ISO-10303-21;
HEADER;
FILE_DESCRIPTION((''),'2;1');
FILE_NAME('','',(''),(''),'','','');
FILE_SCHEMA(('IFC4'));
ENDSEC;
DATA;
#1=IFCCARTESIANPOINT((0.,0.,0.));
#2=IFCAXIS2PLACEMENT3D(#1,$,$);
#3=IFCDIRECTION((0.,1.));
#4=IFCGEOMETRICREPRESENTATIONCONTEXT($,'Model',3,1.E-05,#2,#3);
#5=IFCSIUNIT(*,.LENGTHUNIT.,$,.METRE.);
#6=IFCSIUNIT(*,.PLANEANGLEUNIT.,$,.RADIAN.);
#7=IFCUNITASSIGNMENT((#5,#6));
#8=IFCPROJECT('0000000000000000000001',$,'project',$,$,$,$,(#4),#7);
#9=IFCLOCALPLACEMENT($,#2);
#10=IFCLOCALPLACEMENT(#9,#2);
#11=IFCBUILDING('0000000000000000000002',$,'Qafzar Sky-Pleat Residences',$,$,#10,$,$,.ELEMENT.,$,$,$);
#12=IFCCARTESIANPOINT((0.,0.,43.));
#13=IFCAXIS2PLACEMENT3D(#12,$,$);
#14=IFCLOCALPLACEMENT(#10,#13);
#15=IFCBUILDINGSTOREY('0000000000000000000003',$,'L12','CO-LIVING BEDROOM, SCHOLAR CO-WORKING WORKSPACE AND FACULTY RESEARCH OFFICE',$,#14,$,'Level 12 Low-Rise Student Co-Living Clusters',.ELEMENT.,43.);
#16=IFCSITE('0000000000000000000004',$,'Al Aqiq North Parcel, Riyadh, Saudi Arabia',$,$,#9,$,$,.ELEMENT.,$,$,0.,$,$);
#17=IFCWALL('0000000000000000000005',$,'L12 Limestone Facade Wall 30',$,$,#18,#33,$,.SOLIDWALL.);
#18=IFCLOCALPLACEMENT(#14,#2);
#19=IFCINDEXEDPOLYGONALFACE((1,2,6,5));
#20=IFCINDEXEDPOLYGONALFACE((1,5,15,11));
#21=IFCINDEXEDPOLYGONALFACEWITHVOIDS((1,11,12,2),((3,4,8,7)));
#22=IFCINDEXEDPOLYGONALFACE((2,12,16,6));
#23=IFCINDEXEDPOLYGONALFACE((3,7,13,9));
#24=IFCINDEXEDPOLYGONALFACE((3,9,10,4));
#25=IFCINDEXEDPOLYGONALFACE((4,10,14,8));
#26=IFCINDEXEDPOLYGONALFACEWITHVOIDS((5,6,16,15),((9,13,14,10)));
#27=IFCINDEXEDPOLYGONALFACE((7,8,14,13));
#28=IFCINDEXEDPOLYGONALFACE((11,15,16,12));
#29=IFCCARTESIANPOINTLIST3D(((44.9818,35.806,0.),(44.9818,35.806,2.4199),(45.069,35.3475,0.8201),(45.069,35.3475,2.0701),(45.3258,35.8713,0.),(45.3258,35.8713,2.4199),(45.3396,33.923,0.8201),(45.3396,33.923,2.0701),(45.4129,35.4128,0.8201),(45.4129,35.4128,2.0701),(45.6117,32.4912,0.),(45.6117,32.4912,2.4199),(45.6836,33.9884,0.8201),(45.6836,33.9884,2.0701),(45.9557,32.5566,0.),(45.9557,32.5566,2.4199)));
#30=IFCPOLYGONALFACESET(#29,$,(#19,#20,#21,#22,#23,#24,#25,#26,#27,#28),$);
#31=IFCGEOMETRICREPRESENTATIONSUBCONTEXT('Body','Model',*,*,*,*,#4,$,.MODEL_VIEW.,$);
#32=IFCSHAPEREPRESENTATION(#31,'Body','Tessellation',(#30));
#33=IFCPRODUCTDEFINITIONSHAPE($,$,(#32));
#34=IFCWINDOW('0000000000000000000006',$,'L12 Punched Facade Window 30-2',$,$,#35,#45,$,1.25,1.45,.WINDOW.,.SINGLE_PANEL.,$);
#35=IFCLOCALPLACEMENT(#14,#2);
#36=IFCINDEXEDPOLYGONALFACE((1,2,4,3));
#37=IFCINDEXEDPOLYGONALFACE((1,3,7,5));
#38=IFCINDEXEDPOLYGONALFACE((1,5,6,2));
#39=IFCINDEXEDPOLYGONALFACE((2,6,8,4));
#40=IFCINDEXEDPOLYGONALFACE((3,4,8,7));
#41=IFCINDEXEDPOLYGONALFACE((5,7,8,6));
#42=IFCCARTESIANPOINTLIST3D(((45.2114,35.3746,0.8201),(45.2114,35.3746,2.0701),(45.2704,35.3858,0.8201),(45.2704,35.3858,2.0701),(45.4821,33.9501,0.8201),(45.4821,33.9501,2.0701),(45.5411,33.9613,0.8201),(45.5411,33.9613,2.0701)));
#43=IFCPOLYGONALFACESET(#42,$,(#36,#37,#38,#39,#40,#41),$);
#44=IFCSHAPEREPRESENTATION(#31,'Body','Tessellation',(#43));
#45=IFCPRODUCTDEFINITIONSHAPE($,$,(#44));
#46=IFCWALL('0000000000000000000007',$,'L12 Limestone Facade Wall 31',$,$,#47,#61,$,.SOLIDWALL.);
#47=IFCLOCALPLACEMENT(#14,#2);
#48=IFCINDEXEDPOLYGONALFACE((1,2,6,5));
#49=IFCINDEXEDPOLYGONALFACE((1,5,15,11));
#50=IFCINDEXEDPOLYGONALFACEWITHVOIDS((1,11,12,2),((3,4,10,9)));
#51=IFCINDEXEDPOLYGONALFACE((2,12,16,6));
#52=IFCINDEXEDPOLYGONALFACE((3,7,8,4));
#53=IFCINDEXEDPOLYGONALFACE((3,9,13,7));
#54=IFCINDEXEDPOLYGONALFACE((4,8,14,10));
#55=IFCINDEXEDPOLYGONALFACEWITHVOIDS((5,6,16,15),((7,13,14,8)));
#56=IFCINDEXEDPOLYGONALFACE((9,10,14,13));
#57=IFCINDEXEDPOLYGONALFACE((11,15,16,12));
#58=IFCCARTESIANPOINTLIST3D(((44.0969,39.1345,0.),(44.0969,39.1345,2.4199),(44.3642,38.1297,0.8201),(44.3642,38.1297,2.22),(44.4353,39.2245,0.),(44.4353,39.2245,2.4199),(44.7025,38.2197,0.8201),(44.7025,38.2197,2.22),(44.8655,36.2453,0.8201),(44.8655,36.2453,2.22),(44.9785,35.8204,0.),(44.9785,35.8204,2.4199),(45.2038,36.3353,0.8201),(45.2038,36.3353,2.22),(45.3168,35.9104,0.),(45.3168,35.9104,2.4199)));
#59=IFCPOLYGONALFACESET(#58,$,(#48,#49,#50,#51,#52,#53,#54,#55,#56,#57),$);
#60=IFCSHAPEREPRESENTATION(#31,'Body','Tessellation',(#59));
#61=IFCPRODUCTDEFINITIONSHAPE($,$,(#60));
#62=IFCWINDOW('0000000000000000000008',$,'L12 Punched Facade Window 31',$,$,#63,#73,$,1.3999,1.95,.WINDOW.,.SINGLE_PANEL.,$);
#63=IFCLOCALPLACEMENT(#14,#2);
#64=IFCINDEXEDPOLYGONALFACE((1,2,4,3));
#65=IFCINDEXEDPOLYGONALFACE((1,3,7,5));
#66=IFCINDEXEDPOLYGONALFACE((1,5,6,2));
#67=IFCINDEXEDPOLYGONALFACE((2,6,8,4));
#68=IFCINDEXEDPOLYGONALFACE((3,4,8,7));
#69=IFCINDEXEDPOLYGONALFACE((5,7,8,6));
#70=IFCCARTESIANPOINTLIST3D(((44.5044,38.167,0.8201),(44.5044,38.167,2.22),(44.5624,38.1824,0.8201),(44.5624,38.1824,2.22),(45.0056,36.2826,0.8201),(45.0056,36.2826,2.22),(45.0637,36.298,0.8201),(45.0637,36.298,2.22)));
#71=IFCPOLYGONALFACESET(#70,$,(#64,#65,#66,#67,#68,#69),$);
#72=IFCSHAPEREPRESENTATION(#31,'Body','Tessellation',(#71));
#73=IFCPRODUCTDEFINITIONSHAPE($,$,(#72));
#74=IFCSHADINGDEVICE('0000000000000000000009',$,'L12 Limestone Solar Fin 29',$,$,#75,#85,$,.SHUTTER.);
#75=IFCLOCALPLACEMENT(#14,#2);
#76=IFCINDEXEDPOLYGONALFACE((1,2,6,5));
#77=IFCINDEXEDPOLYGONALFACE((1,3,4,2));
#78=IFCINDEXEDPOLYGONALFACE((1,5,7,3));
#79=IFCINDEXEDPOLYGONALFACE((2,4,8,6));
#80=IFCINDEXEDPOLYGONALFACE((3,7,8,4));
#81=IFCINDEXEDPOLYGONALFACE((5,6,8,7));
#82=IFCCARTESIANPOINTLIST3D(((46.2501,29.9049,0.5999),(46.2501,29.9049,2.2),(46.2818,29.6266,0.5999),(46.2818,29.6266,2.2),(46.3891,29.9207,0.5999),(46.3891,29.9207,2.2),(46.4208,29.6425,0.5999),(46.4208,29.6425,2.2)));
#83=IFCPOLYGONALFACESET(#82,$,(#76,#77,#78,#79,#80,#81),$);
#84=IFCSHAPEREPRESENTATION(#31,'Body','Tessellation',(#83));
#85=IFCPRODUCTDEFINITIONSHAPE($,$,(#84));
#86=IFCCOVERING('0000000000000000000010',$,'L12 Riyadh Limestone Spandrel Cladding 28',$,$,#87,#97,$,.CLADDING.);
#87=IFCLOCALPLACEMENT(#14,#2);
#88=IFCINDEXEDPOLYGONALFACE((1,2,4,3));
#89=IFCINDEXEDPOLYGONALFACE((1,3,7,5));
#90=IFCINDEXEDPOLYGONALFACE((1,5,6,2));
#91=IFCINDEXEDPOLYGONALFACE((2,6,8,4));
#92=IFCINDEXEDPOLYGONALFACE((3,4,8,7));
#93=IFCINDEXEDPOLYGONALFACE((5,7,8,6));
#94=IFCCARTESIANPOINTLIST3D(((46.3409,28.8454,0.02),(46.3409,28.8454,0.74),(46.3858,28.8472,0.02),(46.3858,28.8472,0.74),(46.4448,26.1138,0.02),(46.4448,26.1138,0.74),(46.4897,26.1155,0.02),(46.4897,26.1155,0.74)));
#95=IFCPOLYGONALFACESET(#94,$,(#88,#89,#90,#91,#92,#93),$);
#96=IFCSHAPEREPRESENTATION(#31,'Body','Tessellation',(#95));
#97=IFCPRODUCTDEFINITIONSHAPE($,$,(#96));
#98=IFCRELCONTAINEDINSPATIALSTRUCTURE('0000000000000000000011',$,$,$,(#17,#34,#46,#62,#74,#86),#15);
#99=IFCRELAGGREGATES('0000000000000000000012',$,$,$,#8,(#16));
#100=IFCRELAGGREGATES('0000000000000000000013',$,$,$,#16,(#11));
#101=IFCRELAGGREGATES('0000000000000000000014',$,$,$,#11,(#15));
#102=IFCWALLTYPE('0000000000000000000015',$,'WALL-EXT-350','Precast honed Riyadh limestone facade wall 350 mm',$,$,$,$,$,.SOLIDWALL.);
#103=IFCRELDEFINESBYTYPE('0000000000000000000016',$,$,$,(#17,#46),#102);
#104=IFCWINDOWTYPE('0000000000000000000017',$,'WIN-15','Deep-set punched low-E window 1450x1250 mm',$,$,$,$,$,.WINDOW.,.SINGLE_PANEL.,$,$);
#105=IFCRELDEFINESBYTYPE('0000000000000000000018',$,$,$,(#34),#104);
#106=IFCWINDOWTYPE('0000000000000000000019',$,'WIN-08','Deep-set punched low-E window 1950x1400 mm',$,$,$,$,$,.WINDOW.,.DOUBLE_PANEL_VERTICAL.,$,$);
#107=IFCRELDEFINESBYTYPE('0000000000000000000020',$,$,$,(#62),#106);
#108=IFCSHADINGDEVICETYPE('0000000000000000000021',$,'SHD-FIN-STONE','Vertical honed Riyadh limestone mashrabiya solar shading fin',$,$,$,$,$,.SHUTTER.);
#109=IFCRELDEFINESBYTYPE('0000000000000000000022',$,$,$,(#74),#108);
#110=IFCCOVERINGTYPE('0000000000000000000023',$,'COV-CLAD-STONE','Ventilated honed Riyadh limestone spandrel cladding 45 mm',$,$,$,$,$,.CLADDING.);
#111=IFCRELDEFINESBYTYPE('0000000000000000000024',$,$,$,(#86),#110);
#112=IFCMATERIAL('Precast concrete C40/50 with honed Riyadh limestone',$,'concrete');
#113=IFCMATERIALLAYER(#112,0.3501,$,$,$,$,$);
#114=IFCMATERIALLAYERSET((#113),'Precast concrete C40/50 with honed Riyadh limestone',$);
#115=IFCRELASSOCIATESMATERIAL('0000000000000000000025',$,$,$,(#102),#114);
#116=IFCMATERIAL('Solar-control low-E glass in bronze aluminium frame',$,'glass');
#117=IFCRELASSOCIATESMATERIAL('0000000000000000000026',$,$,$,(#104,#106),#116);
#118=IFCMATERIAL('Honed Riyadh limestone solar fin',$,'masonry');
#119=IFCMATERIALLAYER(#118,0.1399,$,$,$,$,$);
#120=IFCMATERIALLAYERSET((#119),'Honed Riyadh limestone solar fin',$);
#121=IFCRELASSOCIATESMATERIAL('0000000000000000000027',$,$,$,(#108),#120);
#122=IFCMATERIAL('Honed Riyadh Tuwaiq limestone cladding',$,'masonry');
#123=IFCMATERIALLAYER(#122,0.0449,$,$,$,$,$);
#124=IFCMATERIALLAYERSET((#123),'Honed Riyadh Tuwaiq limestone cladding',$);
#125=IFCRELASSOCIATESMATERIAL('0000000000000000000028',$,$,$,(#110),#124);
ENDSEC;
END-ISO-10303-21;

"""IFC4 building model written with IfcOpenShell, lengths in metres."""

from ifc_helpers import new_model, si_unit, direction, frame, frame_2d, origin, origin_2d, place, context, subcontext, project, spatial, rectangle, extrude, source, transform, mapped, material, layer, layer_set, type_object, element, fill, save


model = new_model("IFC4")

# Units and contexts
model_context = context("Model", 3, precision=1e-05, world=origin(), true_north=direction((0.0, 1.0)))
body_context = subcontext(model_context, "Body", "Model", "MODEL_VIEW")
ifc_project = project(units=[si_unit("LENGTHUNIT", "METRE"), si_unit("PLANEANGLEUNIT", "RADIAN")], contexts=[model_context])

# Site, building, storey
site_placement = place(None, origin())
site = spatial("IfcSite", under=ifc_project, at=site_placement, Name="Al Aqiq North Parcel, Riyadh, Saudi Arabia", CompositionType="ELEMENT", RefElevation=0.0)
building_placement = place(site_placement, origin())
building = spatial("IfcBuilding", under=site, at=building_placement, Name="Qafzar Sky-Pleat Residences", CompositionType="ELEMENT")
storey_placement = place(building_placement, frame((0.0, 0.0, 43.0)))
storey = spatial("IfcBuildingStorey", under=building, at=storey_placement, Name="L12", Description="CO-LIVING BEDROOM, SCHOLAR CO-WORKING WORKSPACE AND FACULTY RESEARCH OFFICE", LongName="Level 12 Low-Rise Student Co-Living Clusters", CompositionType="ELEMENT", Elevation=43.0)

# Shared definitions
ifc_material_1 = material(Name="Precast concrete C40/50 with honed Riyadh limestone", Category="concrete")
ifc_layer_1 = layer(ifc_material_1, 0.3501)
ifc_layer_set_1 = layer_set([ifc_layer_1], Name="Precast concrete C40/50 with honed Riyadh limestone")
wall_type_1 = type_object("IfcWallType", Name="WALL-EXT-350", Description="Precast honed Riyadh limestone facade wall 350 mm", PredefinedType="SOLIDWALL", material=ifc_layer_set_1)
ifc_material_2 = material(Name="Solar-control low-E glass in bronze aluminium frame", Category="glass")
window_type_1 = type_object("IfcWindowType", Name="WIN-15", Description="Deep-set punched low-E window 1450x1250 mm", PartitioningType="SINGLE_PANEL", PredefinedType="WINDOW", material=ifc_material_2)
shared_shape_1 = source(origin(), body_context, "Body", "SweptSolid", [
    extrude(rectangle(XDim=1.45, YDim=1.25, at=frame_2d((0.7251, 0.625))), frame((0.0, 0.03, 0.0), z_axis=(0.0, -1.0, 0.0), x_axis=(1.0, 0.0, 0.0)), (0.0, 0.0, 1.0), 0.0601),
])

# Walls, openings, windows
wall_1_placement = place(storey_placement, frame((45.7837, 32.5239, 0.0), z_axis=(0.0, 0.0, 1.0), x_axis=(-0.186686, 0.98242, 0.0)))
wall_1 = element("IfcWall", 1, at=wall_1_placement, inside=storey, type_object=wall_type_1, Name="L12 Limestone Facade Wall 30", PredefinedType="SOLIDWALL", context=body_context, shape_type="SweptSolid", body=[
    extrude(rectangle(XDim=3.374, YDim=0.3501, at=frame_2d((1.687, 0.0))), origin(), (0.0, 0.0, 1.0), 2.4199),
])
opening_1_placement = place(wall_1_placement, frame((1.4573, 0.0, 0.8201)))
opening_1 = element("IfcOpeningElement", 2, at=opening_1_placement, cuts=wall_1, PredefinedType="OPENING", context=body_context, shape_type="SweptSolid", body=[
    extrude(rectangle(XDim=1.45, YDim=1.25, at=frame_2d((0.7251, 0.625))), frame((0.0, 0.1851, 0.0), z_axis=(0.0, -1.0, 0.0), x_axis=(1.0, 0.0, 0.0)), (0.0, 0.0, 1.0), 0.3701),
])
window_1_placement = place(opening_1_placement, origin())
window_1 = element("IfcWindow", 3, at=window_1_placement, inside=storey, type_object=window_type_1, Name="L12 Punched Facade Window 30-2", OverallHeight=1.25, OverallWidth=1.45, PartitioningType="SINGLE_PANEL", PredefinedType="WINDOW", context=body_context, shape_type="MappedRepresentation", body=[
    mapped(shared_shape_1, transform((0.0, 0.0, 0.0), x_axis=(1.0, 0.0, 0.0), y_axis=(0.0, 1.0, 0.0), z_axis=(0.0, 0.0, 1.0), scale=1.0)),
])
fill(opening_1, window_1)
wall_2_placement = place(storey_placement, frame((45.1477, 35.8652, 0.0), z_axis=(0.0, 0.0, 1.0), x_axis=(-0.257064, 0.966394, 0.0)))
wall_2 = element("IfcWall", 4, at=wall_2_placement, inside=storey, type_object=wall_type_1, Name="L12 Limestone Facade Wall 31", PredefinedType="SOLIDWALL", context=body_context, shape_type="SweptSolid", body=[
    extrude(rectangle(XDim=3.4294, YDim=0.3501, at=frame_2d((1.7148, 0.0))), origin(), (0.0, 0.0, 1.0), 2.4199),
])
opening_2_placement = place(wall_2_placement, frame((0.4397, 0.0, 0.8201)))
opening_2 = element("IfcOpeningElement", 5, at=opening_2_placement, cuts=wall_2, PredefinedType="OPENING", context=body_context, shape_type="SweptSolid", body=[
    extrude(rectangle(XDim=1.95, YDim=1.3999, at=frame_2d((0.9751, 0.7))), frame((0.0, 0.1851, 0.0), z_axis=(0.0, -1.0, 0.0), x_axis=(1.0, 0.0, 0.0)), (0.0, 0.0, 1.0), 0.3701),
])
window_type_2 = type_object("IfcWindowType", Name="WIN-08", Description="Deep-set punched low-E window 1950x1400 mm", PartitioningType="DOUBLE_PANEL_VERTICAL", PredefinedType="WINDOW", material=ifc_material_2)
shared_shape_2 = source(origin(), body_context, "Body", "SweptSolid", [
    extrude(rectangle(XDim=1.95, YDim=1.3999, at=frame_2d((0.9751, 0.7))), frame((0.0, 0.03, 0.0), z_axis=(0.0, -1.0, 0.0), x_axis=(1.0, 0.0, 0.0)), (0.0, 0.0, 1.0), 0.0601),
])
window_2_placement = place(opening_2_placement, origin())
window_2 = element("IfcWindow", 6, at=window_2_placement, inside=storey, type_object=window_type_2, Name="L12 Punched Facade Window 31", OverallHeight=1.3999, OverallWidth=1.95, PartitioningType="SINGLE_PANEL", PredefinedType="WINDOW", context=body_context, shape_type="MappedRepresentation", body=[
    mapped(shared_shape_2, transform((0.0, 0.0, 0.0), x_axis=(1.0, 0.0, 0.0), y_axis=(0.0, 1.0, 0.0), z_axis=(0.0, 0.0, 1.0), scale=1.0)),
])
fill(opening_2, window_2)

# Shading device
ifc_material_3 = material(Name="Honed Riyadh limestone solar fin", Category="masonry")
ifc_layer_2 = layer(ifc_material_3, 0.1399)
ifc_layer_set_2 = layer_set([ifc_layer_2], Name="Honed Riyadh limestone solar fin")
shading_device_type = type_object("IfcShadingDeviceType", Name="SHD-FIN-STONE", Description="Vertical honed Riyadh limestone mashrabiya solar shading fin", PredefinedType="SHUTTER", material=ifc_layer_set_2)
shared_shape_3 = source(origin(), body_context, "Body", "SweptSolid", [
    extrude(rectangle(XDim=0.1399, YDim=0.28, at=origin_2d()), origin(), (0.0, 0.0, 1.0), 1.6001),
])
shading_device_placement = place(storey_placement, frame((46.3354, 29.7737, 0.5999), z_axis=(0.0, 0.0, 1.0), x_axis=(0.993566, 0.113253, 0.0)))
element("IfcShadingDevice", 7, at=shading_device_placement, inside=storey, type_object=shading_device_type, Name="L12 Limestone Solar Fin 29", PredefinedType="SHUTTER", context=body_context, shape_type="MappedRepresentation", body=[
    mapped(shared_shape_3, transform((0.0, 0.0, 0.0), x_axis=(1.0, 0.0, 0.0), y_axis=(0.0, 1.0, 0.0), z_axis=(0.0, 0.0, 1.0), scale=1.0)),
])

# Covering
ifc_material_4 = material(Name="Honed Riyadh Tuwaiq limestone cladding", Category="masonry")
ifc_layer_3 = layer(ifc_material_4, 0.0449)
ifc_layer_set_3 = layer_set([ifc_layer_3], Name="Honed Riyadh Tuwaiq limestone cladding")
covering_type = type_object("IfcCoveringType", Name="COV-CLAD-STONE", Description="Ventilated honed Riyadh limestone spandrel cladding 45 mm", PredefinedType="CLADDING", material=ifc_layer_set_3)
shared_shape_4 = source(origin(), body_context, "Body", "SweptSolid", [
    extrude(rectangle(XDim=2.7336, YDim=0.0449, at=origin_2d()), origin(), (0.0, 0.0, 1.0), 0.72),
])
covering_placement = place(storey_placement, frame((46.4153, 27.4805, 0.02), z_axis=(0.0, 0.0, 1.0), x_axis=(-0.037993, 0.999278, 0.0)))
element("IfcCovering", 8, at=covering_placement, inside=storey, type_object=covering_type, Name="L12 Riyadh Limestone Spandrel Cladding 28", PredefinedType="CLADDING", context=body_context, shape_type="MappedRepresentation", body=[
    mapped(shared_shape_4, transform((0.0, 0.0, 0.0), x_axis=(1.0, 0.0, 0.0), y_axis=(0.0, 1.0, 0.0), z_axis=(0.0, 0.0, 1.0), scale=1.0)),
])

save(model, "model.ifc")
